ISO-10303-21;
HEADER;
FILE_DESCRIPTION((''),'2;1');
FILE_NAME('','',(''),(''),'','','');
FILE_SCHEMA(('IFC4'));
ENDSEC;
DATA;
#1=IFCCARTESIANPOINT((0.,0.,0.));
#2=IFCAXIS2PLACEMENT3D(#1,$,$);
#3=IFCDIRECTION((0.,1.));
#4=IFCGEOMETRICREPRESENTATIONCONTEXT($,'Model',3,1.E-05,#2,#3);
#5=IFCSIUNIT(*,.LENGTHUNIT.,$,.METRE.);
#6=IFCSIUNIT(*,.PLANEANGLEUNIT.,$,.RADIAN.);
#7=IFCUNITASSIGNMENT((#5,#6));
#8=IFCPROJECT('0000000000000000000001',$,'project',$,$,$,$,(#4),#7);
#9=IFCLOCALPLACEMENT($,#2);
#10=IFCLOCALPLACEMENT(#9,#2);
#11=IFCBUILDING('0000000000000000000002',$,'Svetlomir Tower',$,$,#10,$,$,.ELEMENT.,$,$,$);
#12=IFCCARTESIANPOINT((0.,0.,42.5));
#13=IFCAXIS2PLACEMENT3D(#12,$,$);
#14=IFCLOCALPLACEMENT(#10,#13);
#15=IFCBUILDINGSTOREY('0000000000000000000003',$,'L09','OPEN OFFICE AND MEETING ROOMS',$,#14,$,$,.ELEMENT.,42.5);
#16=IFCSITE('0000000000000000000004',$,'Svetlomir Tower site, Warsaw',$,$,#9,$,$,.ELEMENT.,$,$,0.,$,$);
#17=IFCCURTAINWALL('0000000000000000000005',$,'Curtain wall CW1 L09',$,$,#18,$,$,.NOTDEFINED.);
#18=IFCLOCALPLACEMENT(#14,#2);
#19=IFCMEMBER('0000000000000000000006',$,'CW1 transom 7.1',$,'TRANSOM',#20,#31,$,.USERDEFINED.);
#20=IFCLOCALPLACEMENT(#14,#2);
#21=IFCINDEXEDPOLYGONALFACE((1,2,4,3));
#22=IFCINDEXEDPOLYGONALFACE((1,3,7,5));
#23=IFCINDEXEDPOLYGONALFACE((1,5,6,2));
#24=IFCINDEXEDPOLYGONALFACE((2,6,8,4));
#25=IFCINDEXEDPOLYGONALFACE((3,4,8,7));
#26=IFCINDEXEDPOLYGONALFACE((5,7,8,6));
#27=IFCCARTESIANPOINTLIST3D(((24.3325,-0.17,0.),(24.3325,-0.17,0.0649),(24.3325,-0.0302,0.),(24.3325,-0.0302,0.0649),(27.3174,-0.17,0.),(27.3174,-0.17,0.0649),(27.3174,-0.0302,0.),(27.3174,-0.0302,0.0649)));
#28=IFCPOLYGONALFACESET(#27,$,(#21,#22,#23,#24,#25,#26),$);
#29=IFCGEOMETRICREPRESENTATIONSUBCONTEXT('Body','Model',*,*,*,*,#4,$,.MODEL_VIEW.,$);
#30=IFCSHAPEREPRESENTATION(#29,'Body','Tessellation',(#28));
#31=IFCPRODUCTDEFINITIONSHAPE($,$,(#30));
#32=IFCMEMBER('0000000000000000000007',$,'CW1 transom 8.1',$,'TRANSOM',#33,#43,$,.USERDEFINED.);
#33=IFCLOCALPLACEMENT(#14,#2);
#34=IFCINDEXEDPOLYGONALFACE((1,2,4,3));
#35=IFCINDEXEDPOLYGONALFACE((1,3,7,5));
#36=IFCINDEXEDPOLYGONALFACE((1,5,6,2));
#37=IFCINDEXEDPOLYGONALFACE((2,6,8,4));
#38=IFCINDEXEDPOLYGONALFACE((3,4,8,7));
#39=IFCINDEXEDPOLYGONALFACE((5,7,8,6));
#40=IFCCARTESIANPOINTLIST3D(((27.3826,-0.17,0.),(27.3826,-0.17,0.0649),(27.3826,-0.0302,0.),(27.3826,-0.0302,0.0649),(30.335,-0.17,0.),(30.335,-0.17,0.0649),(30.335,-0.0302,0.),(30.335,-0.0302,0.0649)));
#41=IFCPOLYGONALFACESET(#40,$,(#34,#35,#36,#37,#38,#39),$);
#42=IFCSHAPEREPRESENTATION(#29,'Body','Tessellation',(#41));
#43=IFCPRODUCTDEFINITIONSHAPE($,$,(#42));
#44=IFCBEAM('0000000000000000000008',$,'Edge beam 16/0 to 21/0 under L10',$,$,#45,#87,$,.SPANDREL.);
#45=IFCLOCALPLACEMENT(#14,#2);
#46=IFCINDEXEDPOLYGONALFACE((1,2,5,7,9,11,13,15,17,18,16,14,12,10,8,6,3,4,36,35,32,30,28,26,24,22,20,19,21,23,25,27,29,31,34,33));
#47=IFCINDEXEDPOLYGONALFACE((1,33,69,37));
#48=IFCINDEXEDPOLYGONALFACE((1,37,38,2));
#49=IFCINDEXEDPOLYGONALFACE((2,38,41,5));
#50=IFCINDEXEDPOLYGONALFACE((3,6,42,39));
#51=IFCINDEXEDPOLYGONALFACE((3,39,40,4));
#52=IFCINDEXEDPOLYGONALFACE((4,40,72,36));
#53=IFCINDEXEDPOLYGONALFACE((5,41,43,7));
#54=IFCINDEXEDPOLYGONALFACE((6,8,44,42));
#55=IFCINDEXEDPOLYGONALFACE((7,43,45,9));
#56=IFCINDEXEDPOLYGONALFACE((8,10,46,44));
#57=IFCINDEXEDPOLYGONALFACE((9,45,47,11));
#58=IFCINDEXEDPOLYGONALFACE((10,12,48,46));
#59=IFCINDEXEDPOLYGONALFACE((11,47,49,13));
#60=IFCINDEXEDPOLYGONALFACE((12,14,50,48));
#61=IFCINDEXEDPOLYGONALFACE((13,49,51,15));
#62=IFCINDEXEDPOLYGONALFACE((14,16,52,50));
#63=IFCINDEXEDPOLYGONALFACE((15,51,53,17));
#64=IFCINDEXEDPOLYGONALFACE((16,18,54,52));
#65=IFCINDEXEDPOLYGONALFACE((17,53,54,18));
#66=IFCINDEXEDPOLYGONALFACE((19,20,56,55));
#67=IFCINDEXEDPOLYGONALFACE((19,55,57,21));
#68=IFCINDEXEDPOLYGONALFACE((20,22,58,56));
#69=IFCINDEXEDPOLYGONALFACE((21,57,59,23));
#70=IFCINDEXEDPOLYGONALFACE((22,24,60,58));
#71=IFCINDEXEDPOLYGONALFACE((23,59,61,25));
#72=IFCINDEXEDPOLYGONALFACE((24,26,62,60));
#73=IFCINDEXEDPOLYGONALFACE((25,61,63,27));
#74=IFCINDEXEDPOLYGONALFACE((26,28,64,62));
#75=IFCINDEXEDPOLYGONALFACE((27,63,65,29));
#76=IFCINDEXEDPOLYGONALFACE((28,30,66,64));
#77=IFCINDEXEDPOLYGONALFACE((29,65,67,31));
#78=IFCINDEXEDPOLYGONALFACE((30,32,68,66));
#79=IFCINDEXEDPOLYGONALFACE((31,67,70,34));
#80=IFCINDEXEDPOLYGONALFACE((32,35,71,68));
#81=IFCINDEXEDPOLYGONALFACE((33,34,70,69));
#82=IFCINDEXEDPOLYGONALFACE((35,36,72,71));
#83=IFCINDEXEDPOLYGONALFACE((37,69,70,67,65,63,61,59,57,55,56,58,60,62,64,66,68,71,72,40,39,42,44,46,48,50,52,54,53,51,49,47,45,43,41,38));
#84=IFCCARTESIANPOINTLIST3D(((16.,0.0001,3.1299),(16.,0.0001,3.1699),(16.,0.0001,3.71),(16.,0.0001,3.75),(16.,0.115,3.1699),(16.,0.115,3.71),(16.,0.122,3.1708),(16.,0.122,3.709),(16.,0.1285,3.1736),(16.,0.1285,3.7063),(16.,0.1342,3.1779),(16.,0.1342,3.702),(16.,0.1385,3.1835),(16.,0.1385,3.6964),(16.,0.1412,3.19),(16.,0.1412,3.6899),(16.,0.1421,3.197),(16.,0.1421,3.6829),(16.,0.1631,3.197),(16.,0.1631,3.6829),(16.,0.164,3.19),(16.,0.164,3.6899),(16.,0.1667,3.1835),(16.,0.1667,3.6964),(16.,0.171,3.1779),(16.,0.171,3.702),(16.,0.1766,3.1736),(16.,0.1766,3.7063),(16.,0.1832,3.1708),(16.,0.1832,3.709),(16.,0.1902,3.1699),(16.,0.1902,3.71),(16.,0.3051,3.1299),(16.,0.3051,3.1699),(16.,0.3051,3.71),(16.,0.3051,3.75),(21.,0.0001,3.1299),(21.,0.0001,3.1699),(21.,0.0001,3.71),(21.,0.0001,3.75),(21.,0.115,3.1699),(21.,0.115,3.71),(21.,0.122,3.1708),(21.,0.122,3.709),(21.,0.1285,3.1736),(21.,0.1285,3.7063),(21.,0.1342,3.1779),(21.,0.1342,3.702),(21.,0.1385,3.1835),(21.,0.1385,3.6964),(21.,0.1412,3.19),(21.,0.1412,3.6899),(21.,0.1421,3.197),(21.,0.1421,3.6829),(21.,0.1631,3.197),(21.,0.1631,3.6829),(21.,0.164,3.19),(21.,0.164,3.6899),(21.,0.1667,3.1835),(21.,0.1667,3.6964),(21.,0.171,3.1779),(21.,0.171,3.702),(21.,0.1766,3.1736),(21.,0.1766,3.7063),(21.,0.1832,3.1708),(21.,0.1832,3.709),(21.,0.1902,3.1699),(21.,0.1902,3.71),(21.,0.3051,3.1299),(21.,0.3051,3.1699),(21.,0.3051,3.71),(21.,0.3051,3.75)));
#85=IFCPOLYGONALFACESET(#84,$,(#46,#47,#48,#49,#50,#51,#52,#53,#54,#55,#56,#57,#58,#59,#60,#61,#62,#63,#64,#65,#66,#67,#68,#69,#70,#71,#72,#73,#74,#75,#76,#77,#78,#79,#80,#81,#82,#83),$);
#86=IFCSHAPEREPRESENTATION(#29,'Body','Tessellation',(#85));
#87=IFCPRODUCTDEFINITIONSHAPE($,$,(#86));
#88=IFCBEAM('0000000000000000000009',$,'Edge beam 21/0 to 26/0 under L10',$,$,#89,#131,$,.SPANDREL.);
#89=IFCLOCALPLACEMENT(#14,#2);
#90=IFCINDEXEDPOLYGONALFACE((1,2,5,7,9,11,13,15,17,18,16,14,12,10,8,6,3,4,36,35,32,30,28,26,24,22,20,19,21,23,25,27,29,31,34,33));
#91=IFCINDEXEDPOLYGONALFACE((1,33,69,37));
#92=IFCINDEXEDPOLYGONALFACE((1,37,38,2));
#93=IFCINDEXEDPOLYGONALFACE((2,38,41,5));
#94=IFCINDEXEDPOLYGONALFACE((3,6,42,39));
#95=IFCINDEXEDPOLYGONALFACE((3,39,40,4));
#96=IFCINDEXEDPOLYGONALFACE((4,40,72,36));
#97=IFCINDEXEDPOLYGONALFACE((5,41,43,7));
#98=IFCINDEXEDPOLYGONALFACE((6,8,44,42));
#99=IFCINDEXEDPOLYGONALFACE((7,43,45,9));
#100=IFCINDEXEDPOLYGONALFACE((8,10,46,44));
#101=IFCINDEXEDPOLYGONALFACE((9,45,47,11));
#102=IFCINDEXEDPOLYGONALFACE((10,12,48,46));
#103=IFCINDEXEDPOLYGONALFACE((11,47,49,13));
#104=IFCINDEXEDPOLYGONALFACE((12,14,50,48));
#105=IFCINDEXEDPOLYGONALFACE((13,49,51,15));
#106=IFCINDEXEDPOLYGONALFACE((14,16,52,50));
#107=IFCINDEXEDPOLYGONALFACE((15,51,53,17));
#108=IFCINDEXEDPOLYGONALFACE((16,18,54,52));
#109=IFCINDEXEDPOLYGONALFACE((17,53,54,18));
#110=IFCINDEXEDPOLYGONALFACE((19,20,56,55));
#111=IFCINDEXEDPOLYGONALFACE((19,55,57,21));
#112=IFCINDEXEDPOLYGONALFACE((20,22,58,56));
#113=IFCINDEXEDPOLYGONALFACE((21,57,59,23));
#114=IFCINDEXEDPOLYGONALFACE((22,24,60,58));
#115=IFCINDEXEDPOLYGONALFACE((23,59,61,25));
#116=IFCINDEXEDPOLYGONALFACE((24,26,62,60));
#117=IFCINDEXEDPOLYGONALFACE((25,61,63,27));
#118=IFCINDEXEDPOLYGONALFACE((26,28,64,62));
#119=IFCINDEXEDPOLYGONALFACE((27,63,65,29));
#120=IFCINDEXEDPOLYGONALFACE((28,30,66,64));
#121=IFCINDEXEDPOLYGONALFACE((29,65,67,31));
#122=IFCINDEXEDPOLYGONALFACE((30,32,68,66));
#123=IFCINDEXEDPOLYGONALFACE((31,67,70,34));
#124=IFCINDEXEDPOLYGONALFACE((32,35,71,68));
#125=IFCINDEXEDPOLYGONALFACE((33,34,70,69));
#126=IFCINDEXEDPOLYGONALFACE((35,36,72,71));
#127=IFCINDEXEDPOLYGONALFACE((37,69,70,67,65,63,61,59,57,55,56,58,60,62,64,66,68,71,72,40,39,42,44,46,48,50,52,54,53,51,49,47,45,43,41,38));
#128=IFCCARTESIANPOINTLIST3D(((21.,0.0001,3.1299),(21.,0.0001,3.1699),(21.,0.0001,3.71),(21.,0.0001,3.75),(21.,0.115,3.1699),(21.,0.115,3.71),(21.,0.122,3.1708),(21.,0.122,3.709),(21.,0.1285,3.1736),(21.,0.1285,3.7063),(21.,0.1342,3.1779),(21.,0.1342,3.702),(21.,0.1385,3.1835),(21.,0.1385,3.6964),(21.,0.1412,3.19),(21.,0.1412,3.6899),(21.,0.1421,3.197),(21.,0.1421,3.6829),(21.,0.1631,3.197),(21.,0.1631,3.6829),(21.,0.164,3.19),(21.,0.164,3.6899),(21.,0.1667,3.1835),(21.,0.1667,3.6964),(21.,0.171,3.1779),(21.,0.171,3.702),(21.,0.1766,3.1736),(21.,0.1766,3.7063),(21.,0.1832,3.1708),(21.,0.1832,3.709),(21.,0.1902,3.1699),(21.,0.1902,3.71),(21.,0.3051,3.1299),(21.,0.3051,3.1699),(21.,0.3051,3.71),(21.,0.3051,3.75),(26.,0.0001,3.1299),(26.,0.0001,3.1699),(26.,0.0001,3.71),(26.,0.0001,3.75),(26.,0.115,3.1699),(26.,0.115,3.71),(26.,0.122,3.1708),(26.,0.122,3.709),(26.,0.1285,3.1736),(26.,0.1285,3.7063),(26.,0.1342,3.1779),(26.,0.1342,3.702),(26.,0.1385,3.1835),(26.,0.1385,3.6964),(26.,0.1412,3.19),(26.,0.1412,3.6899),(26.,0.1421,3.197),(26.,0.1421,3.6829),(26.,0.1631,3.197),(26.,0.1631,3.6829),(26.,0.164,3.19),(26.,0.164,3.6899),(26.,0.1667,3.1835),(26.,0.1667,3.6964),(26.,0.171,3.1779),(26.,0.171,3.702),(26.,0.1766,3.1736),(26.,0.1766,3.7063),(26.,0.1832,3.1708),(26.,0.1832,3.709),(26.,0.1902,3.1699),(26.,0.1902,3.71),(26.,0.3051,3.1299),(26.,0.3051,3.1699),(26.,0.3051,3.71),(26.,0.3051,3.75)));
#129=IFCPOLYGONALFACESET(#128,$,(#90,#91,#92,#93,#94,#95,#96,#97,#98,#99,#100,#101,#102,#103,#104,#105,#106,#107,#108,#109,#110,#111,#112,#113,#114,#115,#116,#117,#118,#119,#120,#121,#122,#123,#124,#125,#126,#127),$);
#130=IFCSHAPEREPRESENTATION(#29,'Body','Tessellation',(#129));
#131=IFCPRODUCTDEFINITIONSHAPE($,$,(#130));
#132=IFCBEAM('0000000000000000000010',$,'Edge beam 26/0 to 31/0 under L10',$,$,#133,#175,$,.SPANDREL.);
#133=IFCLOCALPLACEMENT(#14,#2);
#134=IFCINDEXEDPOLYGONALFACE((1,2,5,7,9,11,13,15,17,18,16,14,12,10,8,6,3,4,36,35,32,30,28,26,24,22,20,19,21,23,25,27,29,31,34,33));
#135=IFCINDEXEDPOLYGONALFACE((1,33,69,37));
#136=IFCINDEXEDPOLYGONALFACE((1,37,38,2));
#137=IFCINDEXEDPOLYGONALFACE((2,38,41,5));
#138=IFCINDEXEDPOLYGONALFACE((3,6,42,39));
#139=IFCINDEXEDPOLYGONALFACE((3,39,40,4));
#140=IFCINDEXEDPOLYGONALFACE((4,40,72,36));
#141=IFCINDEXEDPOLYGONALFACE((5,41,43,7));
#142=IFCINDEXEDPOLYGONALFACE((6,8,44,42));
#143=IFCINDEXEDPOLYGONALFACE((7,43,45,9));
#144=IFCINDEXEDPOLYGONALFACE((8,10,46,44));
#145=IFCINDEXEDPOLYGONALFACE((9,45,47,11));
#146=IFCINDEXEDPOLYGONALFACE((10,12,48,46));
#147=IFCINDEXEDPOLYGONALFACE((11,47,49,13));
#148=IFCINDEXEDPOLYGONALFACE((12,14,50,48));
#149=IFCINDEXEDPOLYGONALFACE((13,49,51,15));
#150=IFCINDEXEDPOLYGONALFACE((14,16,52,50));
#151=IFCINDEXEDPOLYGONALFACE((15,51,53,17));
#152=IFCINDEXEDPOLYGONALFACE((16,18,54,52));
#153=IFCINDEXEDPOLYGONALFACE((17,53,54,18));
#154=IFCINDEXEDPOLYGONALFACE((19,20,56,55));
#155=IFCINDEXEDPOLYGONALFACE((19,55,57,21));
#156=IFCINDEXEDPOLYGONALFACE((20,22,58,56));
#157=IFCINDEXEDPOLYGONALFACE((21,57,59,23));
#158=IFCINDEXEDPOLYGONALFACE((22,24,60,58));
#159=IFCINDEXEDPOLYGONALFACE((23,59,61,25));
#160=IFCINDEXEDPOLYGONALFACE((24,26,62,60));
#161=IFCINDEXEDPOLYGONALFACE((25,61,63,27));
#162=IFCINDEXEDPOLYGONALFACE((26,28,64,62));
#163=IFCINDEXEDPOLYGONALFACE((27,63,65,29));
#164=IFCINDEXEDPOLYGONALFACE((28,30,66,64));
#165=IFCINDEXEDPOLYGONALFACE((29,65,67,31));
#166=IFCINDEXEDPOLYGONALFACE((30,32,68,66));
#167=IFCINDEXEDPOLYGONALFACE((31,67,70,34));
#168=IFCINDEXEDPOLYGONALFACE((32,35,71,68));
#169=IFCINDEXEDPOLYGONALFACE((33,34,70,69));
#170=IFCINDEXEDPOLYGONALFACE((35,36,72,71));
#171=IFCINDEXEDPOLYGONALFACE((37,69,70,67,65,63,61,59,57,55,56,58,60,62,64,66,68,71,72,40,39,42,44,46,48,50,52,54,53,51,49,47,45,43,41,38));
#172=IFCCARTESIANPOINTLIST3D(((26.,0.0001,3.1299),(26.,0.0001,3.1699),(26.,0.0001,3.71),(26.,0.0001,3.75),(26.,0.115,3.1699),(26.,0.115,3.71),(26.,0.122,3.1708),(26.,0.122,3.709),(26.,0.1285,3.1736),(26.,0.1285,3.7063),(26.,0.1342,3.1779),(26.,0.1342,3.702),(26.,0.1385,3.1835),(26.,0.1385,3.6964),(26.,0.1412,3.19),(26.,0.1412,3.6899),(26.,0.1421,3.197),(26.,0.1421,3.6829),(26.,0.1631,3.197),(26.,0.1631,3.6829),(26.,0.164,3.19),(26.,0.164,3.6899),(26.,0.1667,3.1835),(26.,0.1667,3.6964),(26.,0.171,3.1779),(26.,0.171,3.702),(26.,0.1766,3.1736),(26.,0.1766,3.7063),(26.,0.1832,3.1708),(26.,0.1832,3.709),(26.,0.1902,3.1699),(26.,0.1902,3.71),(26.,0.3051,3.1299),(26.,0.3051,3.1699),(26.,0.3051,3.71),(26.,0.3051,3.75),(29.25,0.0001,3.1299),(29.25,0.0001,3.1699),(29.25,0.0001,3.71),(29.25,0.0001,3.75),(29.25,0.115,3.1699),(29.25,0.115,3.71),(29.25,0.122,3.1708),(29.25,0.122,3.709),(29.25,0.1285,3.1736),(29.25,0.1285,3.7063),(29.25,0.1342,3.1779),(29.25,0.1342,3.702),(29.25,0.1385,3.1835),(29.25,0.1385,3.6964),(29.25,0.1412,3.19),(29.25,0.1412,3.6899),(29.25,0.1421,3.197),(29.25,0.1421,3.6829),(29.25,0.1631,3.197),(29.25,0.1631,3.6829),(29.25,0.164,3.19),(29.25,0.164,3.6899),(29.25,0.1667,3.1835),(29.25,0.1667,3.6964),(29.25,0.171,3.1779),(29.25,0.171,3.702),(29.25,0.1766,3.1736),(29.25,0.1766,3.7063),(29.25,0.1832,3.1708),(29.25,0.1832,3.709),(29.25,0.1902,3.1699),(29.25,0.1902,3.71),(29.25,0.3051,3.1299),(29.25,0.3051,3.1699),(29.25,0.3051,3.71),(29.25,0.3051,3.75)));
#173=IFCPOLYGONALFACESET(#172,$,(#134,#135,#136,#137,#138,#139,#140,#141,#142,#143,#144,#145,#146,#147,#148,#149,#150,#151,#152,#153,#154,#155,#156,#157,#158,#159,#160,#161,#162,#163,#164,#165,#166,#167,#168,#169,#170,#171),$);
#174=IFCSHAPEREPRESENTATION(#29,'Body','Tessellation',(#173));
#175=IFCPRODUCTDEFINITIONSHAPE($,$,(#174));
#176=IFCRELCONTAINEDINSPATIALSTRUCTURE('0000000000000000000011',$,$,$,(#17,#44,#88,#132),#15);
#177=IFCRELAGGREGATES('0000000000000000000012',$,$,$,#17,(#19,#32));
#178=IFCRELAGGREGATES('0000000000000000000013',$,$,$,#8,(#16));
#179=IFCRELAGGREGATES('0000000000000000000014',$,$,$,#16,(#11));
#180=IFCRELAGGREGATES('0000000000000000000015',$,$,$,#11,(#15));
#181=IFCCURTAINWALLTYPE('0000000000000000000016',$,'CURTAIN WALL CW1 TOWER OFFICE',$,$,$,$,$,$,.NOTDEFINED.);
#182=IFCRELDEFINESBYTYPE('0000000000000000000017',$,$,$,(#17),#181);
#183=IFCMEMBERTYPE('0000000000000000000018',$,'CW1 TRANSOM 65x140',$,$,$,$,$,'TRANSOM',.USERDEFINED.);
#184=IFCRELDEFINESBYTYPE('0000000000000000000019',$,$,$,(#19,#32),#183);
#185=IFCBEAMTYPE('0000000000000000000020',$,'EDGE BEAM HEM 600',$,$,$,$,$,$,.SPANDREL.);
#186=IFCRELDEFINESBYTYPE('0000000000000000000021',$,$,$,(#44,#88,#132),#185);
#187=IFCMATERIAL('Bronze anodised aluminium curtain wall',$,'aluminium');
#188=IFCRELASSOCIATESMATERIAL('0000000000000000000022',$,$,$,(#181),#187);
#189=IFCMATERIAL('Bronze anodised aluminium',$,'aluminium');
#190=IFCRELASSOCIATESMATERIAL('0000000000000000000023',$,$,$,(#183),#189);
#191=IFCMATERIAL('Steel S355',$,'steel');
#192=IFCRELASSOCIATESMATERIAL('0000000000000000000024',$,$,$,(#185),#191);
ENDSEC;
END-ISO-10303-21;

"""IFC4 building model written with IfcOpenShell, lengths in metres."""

from ifc_helpers import new_model, si_unit, direction, frame, origin, origin_2d, place, context, subcontext, project, spatial, rectangle, i_section, extrude, material, material_profile, profile_set, type_object, element, aggregate, save


model = new_model("IFC4")

# Units and contexts
model_context = context("Model", 3, precision=1e-05, world=origin(), true_north=direction((0.0, 1.0)))
body_context = subcontext(model_context, "Body", "Model", "MODEL_VIEW")
ifc_project = project(units=[si_unit("LENGTHUNIT", "METRE"), si_unit("PLANEANGLEUNIT", "RADIAN")], contexts=[model_context])

# Site, building, storey
site_placement = place(None, origin())
site = spatial("IfcSite", under=ifc_project, at=site_placement, Name="Svetlomir Tower site, Warsaw", CompositionType="ELEMENT", RefElevation=0.0)
building_placement = place(site_placement, origin())
building = spatial("IfcBuilding", under=site, at=building_placement, Name="Svetlomir Tower", CompositionType="ELEMENT")
storey_placement = place(building_placement, frame((0.0, 0.0, 42.5)))
storey = spatial("IfcBuildingStorey", under=building, at=storey_placement, Name="L09", Description="OPEN OFFICE AND MEETING ROOMS", CompositionType="ELEMENT", Elevation=42.5)

# Curtain wall, members
ifc_material_1 = material(Name="Bronze anodised aluminium curtain wall", Category="aluminium")
curtain_wall_type = type_object("IfcCurtainWallType", Name="CURTAIN WALL CW1 TOWER OFFICE", PredefinedType="NOTDEFINED", material=ifc_material_1)
curtain_wall_placement = place(storey_placement, origin())
curtain_wall = element("IfcCurtainWall", 1, at=curtain_wall_placement, inside=storey, type_object=curtain_wall_type, Name="Curtain wall CW1 L09", PredefinedType="NOTDEFINED")
ifc_material_2 = material(Name="Bronze anodised aluminium", Category="aluminium")
ifc_material_profile_1 = material_profile(ifc_material_2, rectangle(XDim=0.1399, YDim=0.0649, at=origin_2d()), Name="AL 140x65")
ifc_profile_set_1 = profile_set([ifc_material_profile_1], Name="Bronze anodised aluminium 6063-T6")
member_type_1 = type_object("IfcMemberType", Name="CW1 TRANSOM 65x140", ElementType="TRANSOM", PredefinedType="USERDEFINED", material=ifc_profile_set_1)
member_1_placement = place(storey_placement, frame((24.3325, -0.1001, 0.0325), z_axis=(1.0, 0.0, 0.0), x_axis=(0.0, 1.0, 0.0)))
member_1 = element("IfcMember", 2, at=member_1_placement, type_object=member_type_1, Name="CW1 transom 7.1", ObjectType="TRANSOM", PredefinedType="USERDEFINED", context=body_context, shape_type="SweptSolid", body=[
    extrude(rectangle(XDim=0.1399, YDim=0.0649, at=origin_2d()), origin(), (0.0, 0.0, 1.0), 2.9849),
])
member_2_placement = place(storey_placement, frame((27.3826, -0.1001, 0.0325), z_axis=(1.0, 0.0, 0.0), x_axis=(0.0, 1.0, 0.0)))
member_2 = element("IfcMember", 3, at=member_2_placement, type_object=member_type_1, Name="CW1 transom 8.1", ObjectType="TRANSOM", PredefinedType="USERDEFINED", context=body_context, shape_type="SweptSolid", body=[
    extrude(rectangle(XDim=0.1399, YDim=0.0649, at=origin_2d()), origin(), (0.0, 0.0, 1.0), 2.9524),
])

# Beams
ifc_material_3 = material(Name="Steel S355", Category="steel")
ifc_material_profile_2 = material_profile(ifc_material_3, i_section(OverallWidth=0.3049, OverallDepth=0.6201, WebThickness=0.021, FlangeThickness=0.04, FilletRadius=0.0271, at=origin_2d()), Name="HEM 600")
ifc_profile_set_2 = profile_set([ifc_material_profile_2], Name="Steel S355")
beam_type_1 = type_object("IfcBeamType", Name="EDGE BEAM HEM 600", PredefinedType="SPANDREL", material=ifc_profile_set_2)
for number, where, z_axis, x_axis, name in (
    (4, (16.0, 0.1526, 3.4399), (1.0, 0.0, 0.0), (0.0, 1.0, 0.0), "Edge beam 16/0 to 21/0 under L10"),
    (5, (21.0, 0.1526, 3.4399), (1.0, 0.0, 0.0), (0.0, 1.0, 0.0), "Edge beam 21/0 to 26/0 under L10"),
):
    element("IfcBeam", number, at=place(storey_placement, frame(where, z_axis=z_axis, x_axis=x_axis)), inside=storey, type_object=beam_type_1, Name=name, PredefinedType="SPANDREL", context=body_context, shape_type="SweptSolid", body=[
        extrude(i_section(OverallWidth=0.3049, OverallDepth=0.6201, WebThickness=0.021, FlangeThickness=0.04, FilletRadius=0.0271, at=origin_2d()), origin(), (0.0, 0.0, 1.0), 5.0),
    ])
beam_1_placement = place(storey_placement, frame((26.0, 0.1526, 3.4399), z_axis=(1.0, 0.0, 0.0), x_axis=(0.0, 1.0, 0.0)))
element("IfcBeam", 6, at=beam_1_placement, inside=storey, type_object=beam_type_1, Name="Edge beam 26/0 to 31/0 under L10", PredefinedType="SPANDREL", context=body_context, shape_type="SweptSolid", body=[
    extrude(i_section(OverallWidth=0.3049, OverallDepth=0.6201, WebThickness=0.021, FlangeThickness=0.04, FilletRadius=0.0271, at=origin_2d()), origin(), (0.0, 0.0, 1.0), 3.25),
])

aggregate(curtain_wall, [member_1, member_2])

save(model, "model.ifc")
